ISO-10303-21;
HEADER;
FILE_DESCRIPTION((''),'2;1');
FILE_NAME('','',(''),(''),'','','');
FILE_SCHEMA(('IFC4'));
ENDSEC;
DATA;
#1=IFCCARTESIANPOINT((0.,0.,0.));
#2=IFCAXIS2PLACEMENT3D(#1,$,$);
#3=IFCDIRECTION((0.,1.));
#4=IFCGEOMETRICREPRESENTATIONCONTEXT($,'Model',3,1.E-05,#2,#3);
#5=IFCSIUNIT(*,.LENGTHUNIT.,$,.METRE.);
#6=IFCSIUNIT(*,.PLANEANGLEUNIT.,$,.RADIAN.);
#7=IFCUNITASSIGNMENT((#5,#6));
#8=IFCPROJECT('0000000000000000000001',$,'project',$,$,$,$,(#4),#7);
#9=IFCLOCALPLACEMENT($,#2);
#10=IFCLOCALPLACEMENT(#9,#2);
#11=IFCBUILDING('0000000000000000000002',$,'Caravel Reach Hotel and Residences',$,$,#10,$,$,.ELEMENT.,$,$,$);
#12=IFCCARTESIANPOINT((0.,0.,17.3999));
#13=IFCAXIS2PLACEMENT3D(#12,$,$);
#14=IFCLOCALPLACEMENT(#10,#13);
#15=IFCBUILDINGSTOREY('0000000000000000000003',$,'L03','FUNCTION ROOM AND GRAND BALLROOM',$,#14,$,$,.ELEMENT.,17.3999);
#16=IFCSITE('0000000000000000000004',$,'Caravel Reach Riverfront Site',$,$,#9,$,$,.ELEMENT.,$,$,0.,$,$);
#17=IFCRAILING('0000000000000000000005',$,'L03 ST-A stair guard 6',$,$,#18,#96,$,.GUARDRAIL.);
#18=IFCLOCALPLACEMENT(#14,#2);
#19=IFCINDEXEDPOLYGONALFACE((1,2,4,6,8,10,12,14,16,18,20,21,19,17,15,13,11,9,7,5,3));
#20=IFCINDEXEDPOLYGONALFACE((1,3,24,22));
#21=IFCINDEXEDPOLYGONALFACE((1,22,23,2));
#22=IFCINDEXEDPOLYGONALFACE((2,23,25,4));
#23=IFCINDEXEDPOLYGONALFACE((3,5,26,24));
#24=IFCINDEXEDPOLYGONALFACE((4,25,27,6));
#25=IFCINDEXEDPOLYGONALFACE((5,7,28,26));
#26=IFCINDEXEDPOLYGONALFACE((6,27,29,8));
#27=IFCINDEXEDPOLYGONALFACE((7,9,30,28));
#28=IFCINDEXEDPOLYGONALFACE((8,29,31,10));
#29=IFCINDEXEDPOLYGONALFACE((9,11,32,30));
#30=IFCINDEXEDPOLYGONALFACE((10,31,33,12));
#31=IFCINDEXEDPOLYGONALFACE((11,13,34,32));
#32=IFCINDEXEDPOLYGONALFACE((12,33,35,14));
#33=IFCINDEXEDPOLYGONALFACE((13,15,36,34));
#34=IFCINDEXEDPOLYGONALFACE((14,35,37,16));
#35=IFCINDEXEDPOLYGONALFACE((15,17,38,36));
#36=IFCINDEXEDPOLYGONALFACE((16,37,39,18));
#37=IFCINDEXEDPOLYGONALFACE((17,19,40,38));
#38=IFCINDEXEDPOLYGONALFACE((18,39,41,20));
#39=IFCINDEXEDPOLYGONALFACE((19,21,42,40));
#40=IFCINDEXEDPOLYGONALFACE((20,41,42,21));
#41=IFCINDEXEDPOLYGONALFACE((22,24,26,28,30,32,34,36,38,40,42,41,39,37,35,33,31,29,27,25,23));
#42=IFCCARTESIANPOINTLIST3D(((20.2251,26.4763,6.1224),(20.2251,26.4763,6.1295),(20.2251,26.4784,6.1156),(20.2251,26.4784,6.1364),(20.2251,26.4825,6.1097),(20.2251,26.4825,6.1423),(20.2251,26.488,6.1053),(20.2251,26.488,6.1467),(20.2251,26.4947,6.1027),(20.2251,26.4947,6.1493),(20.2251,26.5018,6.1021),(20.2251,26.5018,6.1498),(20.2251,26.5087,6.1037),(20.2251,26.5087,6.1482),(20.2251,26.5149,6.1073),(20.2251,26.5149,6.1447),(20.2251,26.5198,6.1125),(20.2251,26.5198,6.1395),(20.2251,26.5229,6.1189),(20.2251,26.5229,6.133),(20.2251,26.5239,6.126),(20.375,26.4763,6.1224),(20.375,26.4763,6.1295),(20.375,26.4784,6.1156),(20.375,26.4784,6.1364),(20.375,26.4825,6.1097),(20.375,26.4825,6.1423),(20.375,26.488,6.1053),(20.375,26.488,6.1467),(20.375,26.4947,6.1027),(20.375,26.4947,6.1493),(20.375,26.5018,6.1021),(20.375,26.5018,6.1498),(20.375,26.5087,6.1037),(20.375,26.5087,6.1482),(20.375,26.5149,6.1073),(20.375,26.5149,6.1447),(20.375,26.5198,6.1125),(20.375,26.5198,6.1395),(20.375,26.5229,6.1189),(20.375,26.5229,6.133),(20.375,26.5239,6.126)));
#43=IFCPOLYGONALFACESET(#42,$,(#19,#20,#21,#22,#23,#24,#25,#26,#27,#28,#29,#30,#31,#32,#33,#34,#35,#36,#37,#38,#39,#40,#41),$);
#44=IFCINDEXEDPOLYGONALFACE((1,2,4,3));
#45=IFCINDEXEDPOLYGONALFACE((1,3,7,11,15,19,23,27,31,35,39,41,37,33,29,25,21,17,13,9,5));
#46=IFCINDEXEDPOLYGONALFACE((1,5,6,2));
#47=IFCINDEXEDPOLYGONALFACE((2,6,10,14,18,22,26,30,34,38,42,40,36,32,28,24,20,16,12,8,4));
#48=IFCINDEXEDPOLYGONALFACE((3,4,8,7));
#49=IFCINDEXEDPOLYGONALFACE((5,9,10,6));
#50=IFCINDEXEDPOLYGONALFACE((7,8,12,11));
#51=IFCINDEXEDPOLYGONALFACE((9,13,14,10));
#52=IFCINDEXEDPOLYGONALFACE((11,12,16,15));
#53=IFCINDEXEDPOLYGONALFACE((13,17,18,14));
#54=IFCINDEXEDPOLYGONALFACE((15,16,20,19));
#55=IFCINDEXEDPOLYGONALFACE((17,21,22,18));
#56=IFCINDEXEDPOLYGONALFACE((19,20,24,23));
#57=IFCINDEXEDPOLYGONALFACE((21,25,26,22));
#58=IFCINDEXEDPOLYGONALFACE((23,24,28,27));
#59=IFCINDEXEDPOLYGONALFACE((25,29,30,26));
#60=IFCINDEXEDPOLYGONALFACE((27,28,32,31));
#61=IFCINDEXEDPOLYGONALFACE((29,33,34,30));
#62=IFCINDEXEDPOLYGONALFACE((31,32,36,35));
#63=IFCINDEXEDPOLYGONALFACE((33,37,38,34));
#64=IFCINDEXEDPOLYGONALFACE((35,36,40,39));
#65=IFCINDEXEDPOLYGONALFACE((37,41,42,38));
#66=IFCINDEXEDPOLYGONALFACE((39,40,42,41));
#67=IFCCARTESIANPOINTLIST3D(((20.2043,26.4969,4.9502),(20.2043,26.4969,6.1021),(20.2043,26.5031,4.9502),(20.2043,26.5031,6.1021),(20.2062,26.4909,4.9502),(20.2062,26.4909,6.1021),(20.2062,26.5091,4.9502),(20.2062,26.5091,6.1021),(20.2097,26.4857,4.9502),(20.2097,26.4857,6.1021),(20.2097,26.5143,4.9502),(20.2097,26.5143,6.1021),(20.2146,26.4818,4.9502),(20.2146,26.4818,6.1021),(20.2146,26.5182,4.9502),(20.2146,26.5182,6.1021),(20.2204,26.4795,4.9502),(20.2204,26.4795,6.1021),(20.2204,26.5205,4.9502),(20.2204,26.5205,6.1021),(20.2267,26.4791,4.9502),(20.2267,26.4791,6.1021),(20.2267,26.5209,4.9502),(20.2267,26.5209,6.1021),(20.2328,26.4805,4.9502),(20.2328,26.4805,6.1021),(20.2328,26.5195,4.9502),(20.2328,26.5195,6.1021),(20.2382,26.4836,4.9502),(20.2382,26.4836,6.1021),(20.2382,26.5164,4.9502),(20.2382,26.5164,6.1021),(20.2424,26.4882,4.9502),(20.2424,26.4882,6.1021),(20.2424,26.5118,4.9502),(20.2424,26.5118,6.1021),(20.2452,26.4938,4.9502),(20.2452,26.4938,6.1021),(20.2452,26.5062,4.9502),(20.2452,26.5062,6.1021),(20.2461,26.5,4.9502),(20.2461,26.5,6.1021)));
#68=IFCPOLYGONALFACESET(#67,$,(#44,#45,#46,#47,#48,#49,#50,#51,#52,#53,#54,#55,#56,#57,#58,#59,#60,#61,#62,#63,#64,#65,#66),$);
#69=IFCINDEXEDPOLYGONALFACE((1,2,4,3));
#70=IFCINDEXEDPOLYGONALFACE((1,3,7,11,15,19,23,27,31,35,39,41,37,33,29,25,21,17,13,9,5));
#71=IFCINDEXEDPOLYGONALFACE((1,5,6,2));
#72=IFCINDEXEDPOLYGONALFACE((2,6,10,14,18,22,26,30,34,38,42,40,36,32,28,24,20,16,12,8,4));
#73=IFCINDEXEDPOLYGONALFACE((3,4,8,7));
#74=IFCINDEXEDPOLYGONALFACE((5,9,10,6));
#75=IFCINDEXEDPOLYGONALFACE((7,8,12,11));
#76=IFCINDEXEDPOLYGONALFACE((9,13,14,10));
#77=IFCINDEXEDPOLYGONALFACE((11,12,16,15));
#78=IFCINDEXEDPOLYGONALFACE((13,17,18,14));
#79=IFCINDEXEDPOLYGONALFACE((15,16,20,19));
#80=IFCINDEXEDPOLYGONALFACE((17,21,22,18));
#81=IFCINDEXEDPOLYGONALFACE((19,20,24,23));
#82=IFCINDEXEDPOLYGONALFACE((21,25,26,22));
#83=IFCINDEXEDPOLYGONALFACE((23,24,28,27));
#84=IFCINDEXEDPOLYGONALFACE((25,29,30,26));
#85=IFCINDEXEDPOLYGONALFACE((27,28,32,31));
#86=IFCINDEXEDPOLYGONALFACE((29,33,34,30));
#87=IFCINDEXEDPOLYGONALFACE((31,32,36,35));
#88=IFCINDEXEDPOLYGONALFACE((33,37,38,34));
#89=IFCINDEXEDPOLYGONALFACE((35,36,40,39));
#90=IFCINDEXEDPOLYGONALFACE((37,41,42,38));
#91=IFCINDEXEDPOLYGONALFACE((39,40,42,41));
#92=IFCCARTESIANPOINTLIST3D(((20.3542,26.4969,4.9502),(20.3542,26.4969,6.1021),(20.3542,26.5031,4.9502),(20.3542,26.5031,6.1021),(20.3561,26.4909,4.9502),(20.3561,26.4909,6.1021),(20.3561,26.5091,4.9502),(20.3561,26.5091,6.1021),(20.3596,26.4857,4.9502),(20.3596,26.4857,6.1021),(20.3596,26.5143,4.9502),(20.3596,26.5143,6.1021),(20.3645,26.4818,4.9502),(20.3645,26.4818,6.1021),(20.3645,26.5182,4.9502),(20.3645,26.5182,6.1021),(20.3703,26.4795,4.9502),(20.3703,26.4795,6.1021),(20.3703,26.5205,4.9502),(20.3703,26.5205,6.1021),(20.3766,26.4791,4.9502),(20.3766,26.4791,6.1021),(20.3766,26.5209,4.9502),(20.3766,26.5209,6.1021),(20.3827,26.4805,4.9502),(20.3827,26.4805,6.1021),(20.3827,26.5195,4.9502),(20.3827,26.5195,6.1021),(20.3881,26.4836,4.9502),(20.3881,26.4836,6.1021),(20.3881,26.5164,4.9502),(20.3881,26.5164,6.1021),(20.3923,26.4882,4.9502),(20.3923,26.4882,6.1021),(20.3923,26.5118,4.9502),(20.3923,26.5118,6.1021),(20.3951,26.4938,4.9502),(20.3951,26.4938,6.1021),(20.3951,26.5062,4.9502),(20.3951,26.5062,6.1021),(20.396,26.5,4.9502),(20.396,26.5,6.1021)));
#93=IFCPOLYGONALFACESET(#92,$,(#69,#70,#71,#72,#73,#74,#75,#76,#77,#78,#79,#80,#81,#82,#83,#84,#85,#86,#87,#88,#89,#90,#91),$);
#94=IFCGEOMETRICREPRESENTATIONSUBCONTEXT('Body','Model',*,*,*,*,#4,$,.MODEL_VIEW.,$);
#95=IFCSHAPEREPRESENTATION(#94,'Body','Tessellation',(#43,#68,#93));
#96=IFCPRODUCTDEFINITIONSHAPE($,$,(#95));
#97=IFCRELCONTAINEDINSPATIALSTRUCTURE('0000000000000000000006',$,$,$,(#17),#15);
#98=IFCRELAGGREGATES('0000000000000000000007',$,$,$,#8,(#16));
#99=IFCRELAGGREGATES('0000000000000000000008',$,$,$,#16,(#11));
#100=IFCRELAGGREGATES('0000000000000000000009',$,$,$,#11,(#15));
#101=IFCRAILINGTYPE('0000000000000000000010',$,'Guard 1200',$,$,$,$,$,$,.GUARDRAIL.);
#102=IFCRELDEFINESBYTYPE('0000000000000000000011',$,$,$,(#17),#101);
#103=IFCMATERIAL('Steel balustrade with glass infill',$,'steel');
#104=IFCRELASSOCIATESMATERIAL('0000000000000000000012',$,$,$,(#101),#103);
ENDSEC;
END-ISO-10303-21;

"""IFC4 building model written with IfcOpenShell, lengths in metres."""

from ifc_helpers import new_model, si_unit, direction, frame, origin, origin_2d, place, context, subcontext, project, spatial, circle, extrude, material, type_object, element, save


model = new_model("IFC4")

# Units and contexts
model_context = context("Model", 3, precision=1e-05, world=origin(), true_north=direction((0.0, 1.0)))
body_context = subcontext(model_context, "Body", "Model", "MODEL_VIEW")
ifc_project = project(units=[si_unit("LENGTHUNIT", "METRE"), si_unit("PLANEANGLEUNIT", "RADIAN")], contexts=[model_context])

# Site, building, storey
site_placement = place(None, origin())
site = spatial("IfcSite", under=ifc_project, at=site_placement, Name="Caravel Reach Riverfront Site", CompositionType="ELEMENT", RefElevation=0.0)
building_placement = place(site_placement, origin())
building = spatial("IfcBuilding", under=site, at=building_placement, Name="Caravel Reach Hotel and Residences", CompositionType="ELEMENT")
storey_placement = place(building_placement, frame((0.0, 0.0, 17.3999)))
storey = spatial("IfcBuildingStorey", under=building, at=storey_placement, Name="L03", Description="FUNCTION ROOM AND GRAND BALLROOM", CompositionType="ELEMENT", Elevation=17.3999)

# Railing
ifc_material_1 = material(Name="Steel balustrade with glass infill", Category="steel")
railing_type = type_object("IfcRailingType", Name="Guard 1200", PredefinedType="GUARDRAIL", material=ifc_material_1)
railing_1_placement = place(storey_placement, frame((20.2251, 26.5, 4.9502)))
element("IfcRailing", 1, at=railing_1_placement, inside=storey, type_object=railing_type, Name="L03 ST-A stair guard 6", PredefinedType="GUARDRAIL", context=body_context, shape_type="SweptSolid", body=[
    extrude(circle(Radius=0.0239, at=origin_2d()), frame((0.0, 0.0, 1.1758), z_axis=(1.0, 0.0, 0.0), x_axis=(0.0, 1.0, 0.0)), (0.0, 0.0, 1.0), 0.1499),
    extrude(circle(Radius=0.021, at=origin_2d()), origin(), (0.0, 0.0, 1.0), 1.1519),
    extrude(circle(Radius=0.021, at=origin_2d()), frame((0.1499, 0.0, 0.0)), (0.0, 0.0, 1.0), 1.1519),
])

save(model, "model.ifc")
